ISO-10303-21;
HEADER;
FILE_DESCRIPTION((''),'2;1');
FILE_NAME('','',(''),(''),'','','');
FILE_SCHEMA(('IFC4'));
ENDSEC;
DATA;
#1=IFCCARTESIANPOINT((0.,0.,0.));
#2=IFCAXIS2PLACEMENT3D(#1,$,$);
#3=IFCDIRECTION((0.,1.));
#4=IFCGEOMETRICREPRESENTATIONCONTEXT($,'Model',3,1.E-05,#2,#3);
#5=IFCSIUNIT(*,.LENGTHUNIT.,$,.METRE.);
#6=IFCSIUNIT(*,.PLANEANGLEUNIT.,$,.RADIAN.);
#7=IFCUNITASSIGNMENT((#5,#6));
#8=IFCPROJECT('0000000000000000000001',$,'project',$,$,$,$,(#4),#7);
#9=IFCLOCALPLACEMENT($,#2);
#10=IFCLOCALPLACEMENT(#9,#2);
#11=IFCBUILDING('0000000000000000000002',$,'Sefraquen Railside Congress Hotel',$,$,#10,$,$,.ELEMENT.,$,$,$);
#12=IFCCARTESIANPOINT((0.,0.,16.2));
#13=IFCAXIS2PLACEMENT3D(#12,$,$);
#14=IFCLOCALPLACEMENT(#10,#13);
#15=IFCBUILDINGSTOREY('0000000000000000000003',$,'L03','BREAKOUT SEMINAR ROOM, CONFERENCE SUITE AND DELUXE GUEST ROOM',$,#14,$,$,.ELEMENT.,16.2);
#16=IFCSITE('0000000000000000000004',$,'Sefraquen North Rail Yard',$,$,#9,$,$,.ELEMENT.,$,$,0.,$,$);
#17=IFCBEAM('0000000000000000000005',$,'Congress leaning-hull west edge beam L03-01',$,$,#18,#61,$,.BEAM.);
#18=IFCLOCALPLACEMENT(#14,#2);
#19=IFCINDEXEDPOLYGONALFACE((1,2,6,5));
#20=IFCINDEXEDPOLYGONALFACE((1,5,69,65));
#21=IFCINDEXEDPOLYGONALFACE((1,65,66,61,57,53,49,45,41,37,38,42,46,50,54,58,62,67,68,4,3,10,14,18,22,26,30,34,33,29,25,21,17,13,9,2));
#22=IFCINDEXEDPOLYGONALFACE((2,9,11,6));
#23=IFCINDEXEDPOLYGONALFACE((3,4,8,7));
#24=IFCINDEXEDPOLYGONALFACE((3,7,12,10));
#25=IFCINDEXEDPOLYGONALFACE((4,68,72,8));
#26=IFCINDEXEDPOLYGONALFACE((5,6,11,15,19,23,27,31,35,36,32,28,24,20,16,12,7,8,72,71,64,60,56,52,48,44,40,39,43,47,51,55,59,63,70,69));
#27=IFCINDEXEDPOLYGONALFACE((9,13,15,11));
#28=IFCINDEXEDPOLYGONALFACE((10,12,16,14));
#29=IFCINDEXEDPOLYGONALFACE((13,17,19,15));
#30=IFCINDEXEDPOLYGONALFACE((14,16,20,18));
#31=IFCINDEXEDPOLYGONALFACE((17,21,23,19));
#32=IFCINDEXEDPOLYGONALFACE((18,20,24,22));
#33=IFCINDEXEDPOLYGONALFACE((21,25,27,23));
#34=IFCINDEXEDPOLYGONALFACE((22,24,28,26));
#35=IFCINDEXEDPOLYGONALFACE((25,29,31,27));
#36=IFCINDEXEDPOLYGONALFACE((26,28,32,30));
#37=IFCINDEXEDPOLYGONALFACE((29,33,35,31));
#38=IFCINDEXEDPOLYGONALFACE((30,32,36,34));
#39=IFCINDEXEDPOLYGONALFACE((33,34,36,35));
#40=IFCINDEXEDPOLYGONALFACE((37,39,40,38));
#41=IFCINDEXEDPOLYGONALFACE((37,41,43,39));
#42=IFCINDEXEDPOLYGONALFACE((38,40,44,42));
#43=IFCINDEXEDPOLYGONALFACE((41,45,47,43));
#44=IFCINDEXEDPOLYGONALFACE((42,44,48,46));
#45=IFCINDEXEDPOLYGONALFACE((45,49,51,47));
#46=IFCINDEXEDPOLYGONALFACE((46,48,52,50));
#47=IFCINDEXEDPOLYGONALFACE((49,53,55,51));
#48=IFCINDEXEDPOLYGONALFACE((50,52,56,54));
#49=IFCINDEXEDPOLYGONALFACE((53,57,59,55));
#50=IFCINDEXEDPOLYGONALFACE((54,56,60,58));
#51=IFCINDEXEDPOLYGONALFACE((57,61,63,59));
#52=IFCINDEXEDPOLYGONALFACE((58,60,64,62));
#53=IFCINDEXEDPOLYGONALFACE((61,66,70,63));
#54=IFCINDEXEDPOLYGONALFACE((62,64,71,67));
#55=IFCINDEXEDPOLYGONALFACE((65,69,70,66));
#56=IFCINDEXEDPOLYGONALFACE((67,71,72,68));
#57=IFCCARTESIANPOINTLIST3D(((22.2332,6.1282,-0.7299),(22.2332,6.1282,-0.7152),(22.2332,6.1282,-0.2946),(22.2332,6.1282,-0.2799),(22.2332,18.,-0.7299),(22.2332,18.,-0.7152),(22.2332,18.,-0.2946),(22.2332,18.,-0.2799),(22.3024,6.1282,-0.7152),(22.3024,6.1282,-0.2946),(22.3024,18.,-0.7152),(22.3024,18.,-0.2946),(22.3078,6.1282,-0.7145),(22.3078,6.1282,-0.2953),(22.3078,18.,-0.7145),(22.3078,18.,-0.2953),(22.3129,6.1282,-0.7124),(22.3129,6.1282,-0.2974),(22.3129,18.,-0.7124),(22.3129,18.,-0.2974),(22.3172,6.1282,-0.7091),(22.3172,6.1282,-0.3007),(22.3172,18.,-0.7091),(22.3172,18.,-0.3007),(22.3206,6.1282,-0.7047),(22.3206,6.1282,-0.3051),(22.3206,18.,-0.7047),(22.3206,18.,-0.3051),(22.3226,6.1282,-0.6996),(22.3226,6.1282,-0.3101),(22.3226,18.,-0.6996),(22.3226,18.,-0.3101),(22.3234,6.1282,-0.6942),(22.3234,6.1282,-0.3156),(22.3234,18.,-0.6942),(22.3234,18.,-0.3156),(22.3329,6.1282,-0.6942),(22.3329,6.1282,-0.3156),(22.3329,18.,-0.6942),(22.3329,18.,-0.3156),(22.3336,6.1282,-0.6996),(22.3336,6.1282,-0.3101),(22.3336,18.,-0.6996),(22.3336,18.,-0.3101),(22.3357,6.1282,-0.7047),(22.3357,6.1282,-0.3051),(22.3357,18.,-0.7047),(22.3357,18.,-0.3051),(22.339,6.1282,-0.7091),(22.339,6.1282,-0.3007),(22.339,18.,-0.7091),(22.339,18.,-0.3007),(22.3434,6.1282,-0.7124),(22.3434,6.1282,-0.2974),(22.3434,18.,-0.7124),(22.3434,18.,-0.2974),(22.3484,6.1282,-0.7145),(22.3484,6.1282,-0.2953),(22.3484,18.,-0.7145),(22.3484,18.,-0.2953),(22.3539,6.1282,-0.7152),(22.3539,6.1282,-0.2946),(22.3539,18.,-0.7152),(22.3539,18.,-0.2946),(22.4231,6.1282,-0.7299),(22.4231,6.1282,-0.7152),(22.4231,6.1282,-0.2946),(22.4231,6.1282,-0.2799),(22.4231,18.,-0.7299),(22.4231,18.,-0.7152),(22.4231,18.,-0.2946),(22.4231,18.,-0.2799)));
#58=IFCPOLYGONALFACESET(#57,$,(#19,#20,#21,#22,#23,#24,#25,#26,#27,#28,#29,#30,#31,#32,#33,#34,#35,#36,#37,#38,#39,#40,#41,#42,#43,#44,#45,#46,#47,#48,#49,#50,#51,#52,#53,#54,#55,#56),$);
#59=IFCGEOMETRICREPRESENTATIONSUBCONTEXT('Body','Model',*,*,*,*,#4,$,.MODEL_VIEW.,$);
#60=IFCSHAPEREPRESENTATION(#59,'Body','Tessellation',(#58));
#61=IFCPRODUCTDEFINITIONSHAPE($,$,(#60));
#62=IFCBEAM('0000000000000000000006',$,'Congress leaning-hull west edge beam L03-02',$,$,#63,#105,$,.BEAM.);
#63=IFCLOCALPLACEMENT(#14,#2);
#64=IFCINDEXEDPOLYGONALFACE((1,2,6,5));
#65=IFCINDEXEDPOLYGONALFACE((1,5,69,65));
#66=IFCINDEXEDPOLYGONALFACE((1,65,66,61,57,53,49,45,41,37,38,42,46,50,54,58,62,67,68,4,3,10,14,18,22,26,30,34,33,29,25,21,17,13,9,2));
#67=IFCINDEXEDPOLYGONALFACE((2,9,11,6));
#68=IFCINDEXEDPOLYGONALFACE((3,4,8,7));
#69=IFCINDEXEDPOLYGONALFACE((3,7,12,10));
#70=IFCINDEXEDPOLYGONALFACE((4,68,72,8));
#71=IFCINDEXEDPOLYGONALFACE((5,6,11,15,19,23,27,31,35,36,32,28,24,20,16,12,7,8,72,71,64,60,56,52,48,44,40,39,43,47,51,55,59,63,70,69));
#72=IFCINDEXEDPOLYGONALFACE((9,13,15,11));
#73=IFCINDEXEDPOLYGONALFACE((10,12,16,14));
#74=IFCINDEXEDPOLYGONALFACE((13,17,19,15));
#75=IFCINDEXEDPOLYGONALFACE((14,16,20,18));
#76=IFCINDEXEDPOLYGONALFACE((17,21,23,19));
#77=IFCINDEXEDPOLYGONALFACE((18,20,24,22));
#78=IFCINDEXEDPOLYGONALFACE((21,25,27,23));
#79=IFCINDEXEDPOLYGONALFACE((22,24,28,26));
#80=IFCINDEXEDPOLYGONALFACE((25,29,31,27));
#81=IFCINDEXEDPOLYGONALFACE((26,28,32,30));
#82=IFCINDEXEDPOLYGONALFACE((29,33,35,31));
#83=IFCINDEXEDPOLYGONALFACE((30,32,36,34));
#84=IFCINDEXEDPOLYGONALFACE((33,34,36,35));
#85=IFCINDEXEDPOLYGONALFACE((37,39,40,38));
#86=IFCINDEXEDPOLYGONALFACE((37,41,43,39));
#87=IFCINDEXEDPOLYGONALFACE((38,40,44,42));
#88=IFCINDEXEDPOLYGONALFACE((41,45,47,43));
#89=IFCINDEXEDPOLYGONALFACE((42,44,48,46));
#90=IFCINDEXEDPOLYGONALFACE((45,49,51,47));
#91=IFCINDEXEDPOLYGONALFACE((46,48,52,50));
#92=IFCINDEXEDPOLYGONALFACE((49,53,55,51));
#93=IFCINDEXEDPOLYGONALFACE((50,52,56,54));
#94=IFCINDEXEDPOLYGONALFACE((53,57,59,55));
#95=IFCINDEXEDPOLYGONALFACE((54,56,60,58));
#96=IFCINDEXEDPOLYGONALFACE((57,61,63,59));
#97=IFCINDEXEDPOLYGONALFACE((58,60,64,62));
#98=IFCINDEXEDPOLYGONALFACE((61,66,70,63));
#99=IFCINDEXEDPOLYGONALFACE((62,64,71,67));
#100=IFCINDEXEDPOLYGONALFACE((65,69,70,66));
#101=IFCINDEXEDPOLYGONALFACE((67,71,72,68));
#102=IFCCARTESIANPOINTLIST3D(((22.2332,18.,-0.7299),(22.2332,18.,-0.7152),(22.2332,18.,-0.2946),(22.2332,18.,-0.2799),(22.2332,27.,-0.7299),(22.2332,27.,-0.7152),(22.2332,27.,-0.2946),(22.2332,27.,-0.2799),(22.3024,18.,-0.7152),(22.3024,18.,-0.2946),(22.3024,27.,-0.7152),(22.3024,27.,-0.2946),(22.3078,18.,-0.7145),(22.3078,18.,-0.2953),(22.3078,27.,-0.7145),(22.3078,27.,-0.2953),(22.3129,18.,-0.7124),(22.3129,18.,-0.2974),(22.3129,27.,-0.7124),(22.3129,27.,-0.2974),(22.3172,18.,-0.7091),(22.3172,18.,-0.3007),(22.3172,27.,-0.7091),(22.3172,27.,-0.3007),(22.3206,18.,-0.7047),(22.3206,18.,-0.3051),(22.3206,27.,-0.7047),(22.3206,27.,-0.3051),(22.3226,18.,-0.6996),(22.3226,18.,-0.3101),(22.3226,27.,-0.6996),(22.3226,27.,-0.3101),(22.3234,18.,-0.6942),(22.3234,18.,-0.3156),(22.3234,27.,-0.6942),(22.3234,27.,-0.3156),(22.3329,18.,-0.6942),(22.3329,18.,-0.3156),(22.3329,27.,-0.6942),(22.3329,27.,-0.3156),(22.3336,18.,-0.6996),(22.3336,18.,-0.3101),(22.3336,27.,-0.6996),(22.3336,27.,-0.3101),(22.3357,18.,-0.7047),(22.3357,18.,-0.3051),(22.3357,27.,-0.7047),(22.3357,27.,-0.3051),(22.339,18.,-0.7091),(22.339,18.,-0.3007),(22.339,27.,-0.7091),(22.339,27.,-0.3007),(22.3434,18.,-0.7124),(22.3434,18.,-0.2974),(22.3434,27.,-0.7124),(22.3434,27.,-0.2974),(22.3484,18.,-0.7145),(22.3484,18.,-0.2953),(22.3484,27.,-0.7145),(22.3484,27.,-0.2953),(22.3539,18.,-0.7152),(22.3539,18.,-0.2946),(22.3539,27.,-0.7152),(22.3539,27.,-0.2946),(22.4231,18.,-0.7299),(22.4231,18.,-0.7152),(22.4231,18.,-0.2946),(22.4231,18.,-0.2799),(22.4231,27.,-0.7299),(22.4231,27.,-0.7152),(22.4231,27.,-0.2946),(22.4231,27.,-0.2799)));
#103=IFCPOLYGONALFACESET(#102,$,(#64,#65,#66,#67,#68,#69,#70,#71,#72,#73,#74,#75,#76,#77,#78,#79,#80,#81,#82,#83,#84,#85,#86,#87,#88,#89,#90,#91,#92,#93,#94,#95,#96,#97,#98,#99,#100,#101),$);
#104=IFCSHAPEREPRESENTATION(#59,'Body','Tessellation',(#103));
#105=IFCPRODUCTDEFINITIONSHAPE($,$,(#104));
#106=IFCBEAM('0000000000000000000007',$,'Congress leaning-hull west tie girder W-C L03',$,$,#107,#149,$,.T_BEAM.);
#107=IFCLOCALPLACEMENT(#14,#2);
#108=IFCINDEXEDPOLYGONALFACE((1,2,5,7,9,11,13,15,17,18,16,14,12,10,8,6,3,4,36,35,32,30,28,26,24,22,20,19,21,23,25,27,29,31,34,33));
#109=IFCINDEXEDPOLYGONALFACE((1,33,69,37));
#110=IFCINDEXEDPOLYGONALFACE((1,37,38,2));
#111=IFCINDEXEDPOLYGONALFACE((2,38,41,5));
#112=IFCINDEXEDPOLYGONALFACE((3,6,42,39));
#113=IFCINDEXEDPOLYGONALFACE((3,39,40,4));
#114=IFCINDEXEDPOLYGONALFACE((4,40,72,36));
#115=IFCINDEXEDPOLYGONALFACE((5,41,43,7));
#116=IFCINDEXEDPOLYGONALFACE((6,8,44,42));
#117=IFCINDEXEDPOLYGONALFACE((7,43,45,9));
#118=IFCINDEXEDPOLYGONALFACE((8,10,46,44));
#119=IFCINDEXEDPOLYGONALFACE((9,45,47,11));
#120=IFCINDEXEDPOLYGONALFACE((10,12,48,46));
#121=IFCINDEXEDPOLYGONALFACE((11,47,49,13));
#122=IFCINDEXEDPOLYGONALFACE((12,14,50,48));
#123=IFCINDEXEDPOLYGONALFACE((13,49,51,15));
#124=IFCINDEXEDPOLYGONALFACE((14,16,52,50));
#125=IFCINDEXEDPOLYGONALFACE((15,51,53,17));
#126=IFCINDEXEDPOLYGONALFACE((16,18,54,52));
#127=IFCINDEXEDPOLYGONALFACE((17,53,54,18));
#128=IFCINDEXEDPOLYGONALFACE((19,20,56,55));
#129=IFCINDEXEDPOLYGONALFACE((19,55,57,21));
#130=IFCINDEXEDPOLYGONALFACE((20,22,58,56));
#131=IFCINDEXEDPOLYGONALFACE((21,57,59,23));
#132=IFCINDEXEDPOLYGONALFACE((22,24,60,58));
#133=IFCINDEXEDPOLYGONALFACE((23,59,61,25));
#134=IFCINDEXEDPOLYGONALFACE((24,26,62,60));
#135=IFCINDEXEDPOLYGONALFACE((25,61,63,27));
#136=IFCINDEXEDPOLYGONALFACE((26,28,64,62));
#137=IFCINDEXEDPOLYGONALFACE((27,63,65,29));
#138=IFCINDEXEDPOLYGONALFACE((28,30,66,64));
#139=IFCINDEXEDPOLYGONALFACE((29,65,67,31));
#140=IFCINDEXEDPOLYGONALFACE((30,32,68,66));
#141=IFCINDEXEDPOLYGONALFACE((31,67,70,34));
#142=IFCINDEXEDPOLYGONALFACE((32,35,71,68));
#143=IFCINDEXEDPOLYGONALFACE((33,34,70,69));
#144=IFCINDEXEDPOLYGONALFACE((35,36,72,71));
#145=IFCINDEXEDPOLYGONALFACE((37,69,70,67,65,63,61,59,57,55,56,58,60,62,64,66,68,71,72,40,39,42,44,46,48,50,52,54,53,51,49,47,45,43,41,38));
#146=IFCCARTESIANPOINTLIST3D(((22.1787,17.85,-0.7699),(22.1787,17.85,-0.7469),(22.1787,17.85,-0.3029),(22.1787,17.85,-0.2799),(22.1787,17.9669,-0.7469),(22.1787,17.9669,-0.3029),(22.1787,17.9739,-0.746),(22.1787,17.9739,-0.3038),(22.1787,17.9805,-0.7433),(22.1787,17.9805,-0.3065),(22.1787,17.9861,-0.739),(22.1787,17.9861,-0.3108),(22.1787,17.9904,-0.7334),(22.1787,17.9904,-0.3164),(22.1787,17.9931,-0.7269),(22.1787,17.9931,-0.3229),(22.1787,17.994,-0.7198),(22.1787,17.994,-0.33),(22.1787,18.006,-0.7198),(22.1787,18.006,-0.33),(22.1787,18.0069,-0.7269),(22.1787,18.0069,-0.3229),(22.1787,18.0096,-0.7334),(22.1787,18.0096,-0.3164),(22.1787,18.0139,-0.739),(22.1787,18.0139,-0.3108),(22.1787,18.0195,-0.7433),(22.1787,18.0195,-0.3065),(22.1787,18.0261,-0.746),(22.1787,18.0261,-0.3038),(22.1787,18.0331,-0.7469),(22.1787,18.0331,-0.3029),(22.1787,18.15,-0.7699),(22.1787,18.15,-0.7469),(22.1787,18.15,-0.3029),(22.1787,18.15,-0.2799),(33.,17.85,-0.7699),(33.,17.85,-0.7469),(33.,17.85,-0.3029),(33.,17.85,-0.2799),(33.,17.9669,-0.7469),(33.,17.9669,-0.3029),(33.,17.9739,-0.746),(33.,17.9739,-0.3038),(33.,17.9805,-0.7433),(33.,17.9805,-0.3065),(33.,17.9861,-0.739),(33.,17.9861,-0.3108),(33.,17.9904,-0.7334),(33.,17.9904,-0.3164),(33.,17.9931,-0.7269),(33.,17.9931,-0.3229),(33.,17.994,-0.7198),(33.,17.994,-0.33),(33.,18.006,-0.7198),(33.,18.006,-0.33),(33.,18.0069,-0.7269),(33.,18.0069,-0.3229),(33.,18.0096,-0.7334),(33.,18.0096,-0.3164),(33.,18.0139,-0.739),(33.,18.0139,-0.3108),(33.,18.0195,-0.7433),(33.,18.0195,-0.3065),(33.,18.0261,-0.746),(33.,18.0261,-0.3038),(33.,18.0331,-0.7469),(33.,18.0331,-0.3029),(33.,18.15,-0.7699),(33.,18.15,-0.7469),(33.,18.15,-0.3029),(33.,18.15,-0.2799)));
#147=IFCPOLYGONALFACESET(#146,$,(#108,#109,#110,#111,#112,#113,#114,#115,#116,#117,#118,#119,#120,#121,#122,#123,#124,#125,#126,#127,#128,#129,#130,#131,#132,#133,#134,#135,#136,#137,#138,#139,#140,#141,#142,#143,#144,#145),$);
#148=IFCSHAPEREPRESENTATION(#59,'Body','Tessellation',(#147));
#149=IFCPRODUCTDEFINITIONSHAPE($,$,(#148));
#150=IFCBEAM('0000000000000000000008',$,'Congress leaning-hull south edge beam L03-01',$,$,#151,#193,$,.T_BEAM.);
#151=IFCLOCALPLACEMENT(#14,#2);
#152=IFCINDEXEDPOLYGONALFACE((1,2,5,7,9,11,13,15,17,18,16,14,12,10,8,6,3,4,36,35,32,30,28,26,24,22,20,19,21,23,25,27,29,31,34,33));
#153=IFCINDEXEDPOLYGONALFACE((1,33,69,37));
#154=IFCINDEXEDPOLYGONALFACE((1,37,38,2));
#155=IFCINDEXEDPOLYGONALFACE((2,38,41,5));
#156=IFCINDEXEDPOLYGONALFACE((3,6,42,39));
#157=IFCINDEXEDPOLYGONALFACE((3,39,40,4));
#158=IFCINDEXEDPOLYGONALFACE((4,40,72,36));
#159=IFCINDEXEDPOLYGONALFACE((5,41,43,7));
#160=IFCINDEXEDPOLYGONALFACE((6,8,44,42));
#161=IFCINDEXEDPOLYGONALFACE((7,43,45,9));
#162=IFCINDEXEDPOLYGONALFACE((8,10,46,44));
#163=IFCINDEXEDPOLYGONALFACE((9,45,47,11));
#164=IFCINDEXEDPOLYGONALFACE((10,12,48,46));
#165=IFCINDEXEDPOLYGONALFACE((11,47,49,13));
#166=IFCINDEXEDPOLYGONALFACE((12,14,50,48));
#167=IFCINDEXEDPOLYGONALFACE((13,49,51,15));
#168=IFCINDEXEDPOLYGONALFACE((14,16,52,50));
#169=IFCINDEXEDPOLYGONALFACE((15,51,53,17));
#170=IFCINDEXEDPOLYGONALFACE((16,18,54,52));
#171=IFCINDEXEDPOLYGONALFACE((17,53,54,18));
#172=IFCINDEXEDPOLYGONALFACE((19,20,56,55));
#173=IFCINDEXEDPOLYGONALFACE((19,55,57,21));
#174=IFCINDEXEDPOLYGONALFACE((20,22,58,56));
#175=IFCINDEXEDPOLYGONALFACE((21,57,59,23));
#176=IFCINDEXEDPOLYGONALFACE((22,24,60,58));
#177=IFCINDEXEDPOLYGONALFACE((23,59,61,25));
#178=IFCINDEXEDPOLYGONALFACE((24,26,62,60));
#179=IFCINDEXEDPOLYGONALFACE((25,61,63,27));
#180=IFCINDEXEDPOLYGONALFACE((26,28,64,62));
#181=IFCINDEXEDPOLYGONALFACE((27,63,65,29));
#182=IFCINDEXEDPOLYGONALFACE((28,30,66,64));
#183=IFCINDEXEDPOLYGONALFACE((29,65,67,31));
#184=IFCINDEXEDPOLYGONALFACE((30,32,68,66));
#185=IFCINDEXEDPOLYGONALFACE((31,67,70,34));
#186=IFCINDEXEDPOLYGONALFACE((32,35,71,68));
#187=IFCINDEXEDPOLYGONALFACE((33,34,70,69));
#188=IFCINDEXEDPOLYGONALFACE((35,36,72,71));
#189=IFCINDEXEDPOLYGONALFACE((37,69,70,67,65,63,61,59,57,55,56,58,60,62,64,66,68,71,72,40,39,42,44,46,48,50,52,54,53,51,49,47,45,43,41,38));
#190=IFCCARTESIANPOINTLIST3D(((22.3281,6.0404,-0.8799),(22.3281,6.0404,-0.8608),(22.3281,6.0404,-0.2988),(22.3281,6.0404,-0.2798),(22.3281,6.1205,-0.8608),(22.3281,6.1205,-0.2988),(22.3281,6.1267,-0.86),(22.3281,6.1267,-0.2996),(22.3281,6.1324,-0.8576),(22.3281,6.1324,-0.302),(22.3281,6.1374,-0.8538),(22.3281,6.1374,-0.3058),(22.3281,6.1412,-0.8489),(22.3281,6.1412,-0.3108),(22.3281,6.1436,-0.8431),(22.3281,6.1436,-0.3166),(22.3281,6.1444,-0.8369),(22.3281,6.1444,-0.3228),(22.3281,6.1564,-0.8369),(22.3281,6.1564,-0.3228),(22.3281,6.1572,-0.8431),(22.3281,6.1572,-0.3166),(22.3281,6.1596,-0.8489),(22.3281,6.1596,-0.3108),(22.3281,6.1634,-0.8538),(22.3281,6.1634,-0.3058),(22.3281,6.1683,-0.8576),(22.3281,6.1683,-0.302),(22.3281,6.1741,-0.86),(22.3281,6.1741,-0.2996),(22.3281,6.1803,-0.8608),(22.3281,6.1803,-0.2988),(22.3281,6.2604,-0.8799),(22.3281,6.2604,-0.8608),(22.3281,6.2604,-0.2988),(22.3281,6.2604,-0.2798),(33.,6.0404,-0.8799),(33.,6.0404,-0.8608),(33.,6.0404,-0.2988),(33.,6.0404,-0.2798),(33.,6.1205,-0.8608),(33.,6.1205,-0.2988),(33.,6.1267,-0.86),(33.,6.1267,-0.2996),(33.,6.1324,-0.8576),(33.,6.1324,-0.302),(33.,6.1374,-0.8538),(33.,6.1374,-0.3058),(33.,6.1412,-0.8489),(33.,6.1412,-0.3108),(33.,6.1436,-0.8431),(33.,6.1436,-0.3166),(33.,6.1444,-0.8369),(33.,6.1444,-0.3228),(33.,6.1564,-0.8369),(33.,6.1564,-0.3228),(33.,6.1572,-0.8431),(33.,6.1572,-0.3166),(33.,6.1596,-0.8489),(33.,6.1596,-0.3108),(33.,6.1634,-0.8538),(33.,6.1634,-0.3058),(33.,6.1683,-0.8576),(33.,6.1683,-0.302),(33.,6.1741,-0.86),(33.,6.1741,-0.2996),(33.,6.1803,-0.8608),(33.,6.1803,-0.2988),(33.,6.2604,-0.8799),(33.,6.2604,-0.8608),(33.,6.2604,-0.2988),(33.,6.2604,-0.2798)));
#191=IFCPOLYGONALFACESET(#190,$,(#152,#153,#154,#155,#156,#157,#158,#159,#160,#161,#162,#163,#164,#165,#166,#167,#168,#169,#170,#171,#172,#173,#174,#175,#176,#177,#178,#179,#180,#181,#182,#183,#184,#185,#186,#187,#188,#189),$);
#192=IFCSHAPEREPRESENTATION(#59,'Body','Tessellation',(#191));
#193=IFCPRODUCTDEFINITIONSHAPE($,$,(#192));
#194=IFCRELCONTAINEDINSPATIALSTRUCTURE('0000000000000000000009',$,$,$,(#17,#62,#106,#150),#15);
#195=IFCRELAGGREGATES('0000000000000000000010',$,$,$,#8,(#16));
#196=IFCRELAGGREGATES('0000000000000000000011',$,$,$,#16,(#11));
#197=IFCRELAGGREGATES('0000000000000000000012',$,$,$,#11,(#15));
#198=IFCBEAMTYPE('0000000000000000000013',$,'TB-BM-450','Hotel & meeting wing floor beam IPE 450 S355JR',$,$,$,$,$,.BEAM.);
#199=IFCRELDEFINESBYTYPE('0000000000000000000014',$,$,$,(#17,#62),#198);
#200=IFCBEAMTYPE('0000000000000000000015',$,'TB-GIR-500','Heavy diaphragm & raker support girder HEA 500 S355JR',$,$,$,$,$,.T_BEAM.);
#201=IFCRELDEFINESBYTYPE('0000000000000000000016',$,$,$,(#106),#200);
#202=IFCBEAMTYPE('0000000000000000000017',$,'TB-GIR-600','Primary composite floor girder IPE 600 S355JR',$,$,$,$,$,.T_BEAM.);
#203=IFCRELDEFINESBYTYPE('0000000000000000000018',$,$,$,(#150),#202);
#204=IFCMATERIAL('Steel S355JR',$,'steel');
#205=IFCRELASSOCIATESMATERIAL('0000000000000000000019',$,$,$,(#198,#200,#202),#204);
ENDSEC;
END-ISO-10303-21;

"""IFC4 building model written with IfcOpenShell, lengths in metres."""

from ifc_helpers import new_model, si_unit, direction, frame, origin, origin_2d, place, context, subcontext, project, spatial, i_section, extrude, material, material_profile, profile_set, type_object, element, save


model = new_model("IFC4")

# Units and contexts
model_context = context("Model", 3, precision=1e-05, world=origin(), true_north=direction((0.0, 1.0)))
body_context = subcontext(model_context, "Body", "Model", "MODEL_VIEW")
ifc_project = project(units=[si_unit("LENGTHUNIT", "METRE"), si_unit("PLANEANGLEUNIT", "RADIAN")], contexts=[model_context])

# Site, building, storey
site_placement = place(None, origin())
site = spatial("IfcSite", under=ifc_project, at=site_placement, Name="Sefraquen North Rail Yard", CompositionType="ELEMENT", RefElevation=0.0)
building_placement = place(site_placement, origin())
building = spatial("IfcBuilding", under=site, at=building_placement, Name="Sefraquen Railside Congress Hotel", CompositionType="ELEMENT")
storey_placement = place(building_placement, frame((0.0, 0.0, 16.2)))
storey = spatial("IfcBuildingStorey", under=building, at=storey_placement, Name="L03", Description="BREAKOUT SEMINAR ROOM, CONFERENCE SUITE AND DELUXE GUEST ROOM", CompositionType="ELEMENT", Elevation=16.2)

# Beams
ifc_material_1 = material(Name="Steel S355JR", Category="steel")
ifc_material_profile_1 = material_profile(ifc_material_1, i_section(OverallWidth=0.1899, OverallDepth=0.45, WebThickness=0.0095, FlangeThickness=0.0146, FilletRadius=0.021, at=origin_2d()), Name="IPE 450")
ifc_profile_set_1 = profile_set([ifc_material_profile_1], Name="Steel S355JR")
beam_type_1 = type_object("IfcBeamType", Name="TB-BM-450", Description="Hotel & meeting wing floor beam IPE 450 S355JR", PredefinedType="BEAM", material=ifc_profile_set_1)
beam_1_placement = place(storey_placement, frame((22.3281, 6.1282, -0.5049), z_axis=(0.0, 1.0, 0.0), x_axis=(-1.0, 0.0, 0.0)))
element("IfcBeam", 1, at=beam_1_placement, inside=storey, type_object=beam_type_1, Name="Congress leaning-hull west edge beam L03-01", PredefinedType="BEAM", context=body_context, shape_type="SweptSolid", body=[
    extrude(i_section(OverallWidth=0.1899, OverallDepth=0.45, WebThickness=0.0095, FlangeThickness=0.0146, FilletRadius=0.021, at=origin_2d()), origin(), (0.0, 0.0, 1.0), 11.8718),
])
beam_2_placement = place(storey_placement, frame((22.3281, 18.0, -0.5049), z_axis=(0.0, 1.0, 0.0), x_axis=(-1.0, 0.0, 0.0)))
element("IfcBeam", 2, at=beam_2_placement, inside=storey, type_object=beam_type_1, Name="Congress leaning-hull west edge beam L03-02", PredefinedType="BEAM", context=body_context, shape_type="SweptSolid", body=[
    extrude(i_section(OverallWidth=0.1899, OverallDepth=0.45, WebThickness=0.0095, FlangeThickness=0.0146, FilletRadius=0.021, at=origin_2d()), origin(), (0.0, 0.0, 1.0), 9.0),
])
ifc_material_profile_2 = material_profile(ifc_material_1, i_section(OverallWidth=0.3, OverallDepth=0.49, WebThickness=0.012, FlangeThickness=0.0229, FilletRadius=0.0271, at=origin_2d()), Name="HEA 500")
ifc_profile_set_2 = profile_set([ifc_material_profile_2], Name="Steel S355JR")
beam_type_2 = type_object("IfcBeamType", Name="TB-GIR-500", Description="Heavy diaphragm & raker support girder HEA 500 S355JR", PredefinedType="T_BEAM", material=ifc_profile_set_2)
beam_3_placement = place(storey_placement, frame((22.1787, 18.0, -0.5249), z_axis=(1.0, 0.0, 0.0), x_axis=(0.0, 1.0, 0.0)))
element("IfcBeam", 3, at=beam_3_placement, inside=storey, type_object=beam_type_2, Name="Congress leaning-hull west tie girder W-C L03", PredefinedType="T_BEAM", context=body_context, shape_type="SweptSolid", body=[
    extrude(i_section(OverallWidth=0.3, OverallDepth=0.49, WebThickness=0.012, FlangeThickness=0.0229, FilletRadius=0.0271, at=origin_2d()), origin(), (0.0, 0.0, 1.0), 10.8213),
])
ifc_material_profile_3 = material_profile(ifc_material_1, i_section(OverallWidth=0.22, OverallDepth=0.6001, WebThickness=0.012, FlangeThickness=0.019, FilletRadius=0.0239, at=origin_2d()), Name="IPE 600")
ifc_profile_set_3 = profile_set([ifc_material_profile_3], Name="Steel S355JR")
beam_type_3 = type_object("IfcBeamType", Name="TB-GIR-600", Description="Primary composite floor girder IPE 600 S355JR", PredefinedType="T_BEAM", material=ifc_profile_set_3)
for number, where, z_axis, x_axis, name in (
    (4, (22.3281, 6.1504, -0.5798), (1.0, 0.0, 0.0), (0.0, 1.0, 0.0), "Congress leaning-hull south edge beam L03-01"),
):
    element("IfcBeam", number, at=place(storey_placement, frame(where, z_axis=z_axis, x_axis=x_axis)), inside=storey, type_object=beam_type_3, Name=name, PredefinedType="T_BEAM", context=body_context, shape_type="SweptSolid", body=[
        extrude(i_section(OverallWidth=0.22, OverallDepth=0.6001, WebThickness=0.012, FlangeThickness=0.019, FilletRadius=0.0239, at=origin_2d()), origin(), (0.0, 0.0, 1.0), 10.6719),
    ])

save(model, "model.ifc")
